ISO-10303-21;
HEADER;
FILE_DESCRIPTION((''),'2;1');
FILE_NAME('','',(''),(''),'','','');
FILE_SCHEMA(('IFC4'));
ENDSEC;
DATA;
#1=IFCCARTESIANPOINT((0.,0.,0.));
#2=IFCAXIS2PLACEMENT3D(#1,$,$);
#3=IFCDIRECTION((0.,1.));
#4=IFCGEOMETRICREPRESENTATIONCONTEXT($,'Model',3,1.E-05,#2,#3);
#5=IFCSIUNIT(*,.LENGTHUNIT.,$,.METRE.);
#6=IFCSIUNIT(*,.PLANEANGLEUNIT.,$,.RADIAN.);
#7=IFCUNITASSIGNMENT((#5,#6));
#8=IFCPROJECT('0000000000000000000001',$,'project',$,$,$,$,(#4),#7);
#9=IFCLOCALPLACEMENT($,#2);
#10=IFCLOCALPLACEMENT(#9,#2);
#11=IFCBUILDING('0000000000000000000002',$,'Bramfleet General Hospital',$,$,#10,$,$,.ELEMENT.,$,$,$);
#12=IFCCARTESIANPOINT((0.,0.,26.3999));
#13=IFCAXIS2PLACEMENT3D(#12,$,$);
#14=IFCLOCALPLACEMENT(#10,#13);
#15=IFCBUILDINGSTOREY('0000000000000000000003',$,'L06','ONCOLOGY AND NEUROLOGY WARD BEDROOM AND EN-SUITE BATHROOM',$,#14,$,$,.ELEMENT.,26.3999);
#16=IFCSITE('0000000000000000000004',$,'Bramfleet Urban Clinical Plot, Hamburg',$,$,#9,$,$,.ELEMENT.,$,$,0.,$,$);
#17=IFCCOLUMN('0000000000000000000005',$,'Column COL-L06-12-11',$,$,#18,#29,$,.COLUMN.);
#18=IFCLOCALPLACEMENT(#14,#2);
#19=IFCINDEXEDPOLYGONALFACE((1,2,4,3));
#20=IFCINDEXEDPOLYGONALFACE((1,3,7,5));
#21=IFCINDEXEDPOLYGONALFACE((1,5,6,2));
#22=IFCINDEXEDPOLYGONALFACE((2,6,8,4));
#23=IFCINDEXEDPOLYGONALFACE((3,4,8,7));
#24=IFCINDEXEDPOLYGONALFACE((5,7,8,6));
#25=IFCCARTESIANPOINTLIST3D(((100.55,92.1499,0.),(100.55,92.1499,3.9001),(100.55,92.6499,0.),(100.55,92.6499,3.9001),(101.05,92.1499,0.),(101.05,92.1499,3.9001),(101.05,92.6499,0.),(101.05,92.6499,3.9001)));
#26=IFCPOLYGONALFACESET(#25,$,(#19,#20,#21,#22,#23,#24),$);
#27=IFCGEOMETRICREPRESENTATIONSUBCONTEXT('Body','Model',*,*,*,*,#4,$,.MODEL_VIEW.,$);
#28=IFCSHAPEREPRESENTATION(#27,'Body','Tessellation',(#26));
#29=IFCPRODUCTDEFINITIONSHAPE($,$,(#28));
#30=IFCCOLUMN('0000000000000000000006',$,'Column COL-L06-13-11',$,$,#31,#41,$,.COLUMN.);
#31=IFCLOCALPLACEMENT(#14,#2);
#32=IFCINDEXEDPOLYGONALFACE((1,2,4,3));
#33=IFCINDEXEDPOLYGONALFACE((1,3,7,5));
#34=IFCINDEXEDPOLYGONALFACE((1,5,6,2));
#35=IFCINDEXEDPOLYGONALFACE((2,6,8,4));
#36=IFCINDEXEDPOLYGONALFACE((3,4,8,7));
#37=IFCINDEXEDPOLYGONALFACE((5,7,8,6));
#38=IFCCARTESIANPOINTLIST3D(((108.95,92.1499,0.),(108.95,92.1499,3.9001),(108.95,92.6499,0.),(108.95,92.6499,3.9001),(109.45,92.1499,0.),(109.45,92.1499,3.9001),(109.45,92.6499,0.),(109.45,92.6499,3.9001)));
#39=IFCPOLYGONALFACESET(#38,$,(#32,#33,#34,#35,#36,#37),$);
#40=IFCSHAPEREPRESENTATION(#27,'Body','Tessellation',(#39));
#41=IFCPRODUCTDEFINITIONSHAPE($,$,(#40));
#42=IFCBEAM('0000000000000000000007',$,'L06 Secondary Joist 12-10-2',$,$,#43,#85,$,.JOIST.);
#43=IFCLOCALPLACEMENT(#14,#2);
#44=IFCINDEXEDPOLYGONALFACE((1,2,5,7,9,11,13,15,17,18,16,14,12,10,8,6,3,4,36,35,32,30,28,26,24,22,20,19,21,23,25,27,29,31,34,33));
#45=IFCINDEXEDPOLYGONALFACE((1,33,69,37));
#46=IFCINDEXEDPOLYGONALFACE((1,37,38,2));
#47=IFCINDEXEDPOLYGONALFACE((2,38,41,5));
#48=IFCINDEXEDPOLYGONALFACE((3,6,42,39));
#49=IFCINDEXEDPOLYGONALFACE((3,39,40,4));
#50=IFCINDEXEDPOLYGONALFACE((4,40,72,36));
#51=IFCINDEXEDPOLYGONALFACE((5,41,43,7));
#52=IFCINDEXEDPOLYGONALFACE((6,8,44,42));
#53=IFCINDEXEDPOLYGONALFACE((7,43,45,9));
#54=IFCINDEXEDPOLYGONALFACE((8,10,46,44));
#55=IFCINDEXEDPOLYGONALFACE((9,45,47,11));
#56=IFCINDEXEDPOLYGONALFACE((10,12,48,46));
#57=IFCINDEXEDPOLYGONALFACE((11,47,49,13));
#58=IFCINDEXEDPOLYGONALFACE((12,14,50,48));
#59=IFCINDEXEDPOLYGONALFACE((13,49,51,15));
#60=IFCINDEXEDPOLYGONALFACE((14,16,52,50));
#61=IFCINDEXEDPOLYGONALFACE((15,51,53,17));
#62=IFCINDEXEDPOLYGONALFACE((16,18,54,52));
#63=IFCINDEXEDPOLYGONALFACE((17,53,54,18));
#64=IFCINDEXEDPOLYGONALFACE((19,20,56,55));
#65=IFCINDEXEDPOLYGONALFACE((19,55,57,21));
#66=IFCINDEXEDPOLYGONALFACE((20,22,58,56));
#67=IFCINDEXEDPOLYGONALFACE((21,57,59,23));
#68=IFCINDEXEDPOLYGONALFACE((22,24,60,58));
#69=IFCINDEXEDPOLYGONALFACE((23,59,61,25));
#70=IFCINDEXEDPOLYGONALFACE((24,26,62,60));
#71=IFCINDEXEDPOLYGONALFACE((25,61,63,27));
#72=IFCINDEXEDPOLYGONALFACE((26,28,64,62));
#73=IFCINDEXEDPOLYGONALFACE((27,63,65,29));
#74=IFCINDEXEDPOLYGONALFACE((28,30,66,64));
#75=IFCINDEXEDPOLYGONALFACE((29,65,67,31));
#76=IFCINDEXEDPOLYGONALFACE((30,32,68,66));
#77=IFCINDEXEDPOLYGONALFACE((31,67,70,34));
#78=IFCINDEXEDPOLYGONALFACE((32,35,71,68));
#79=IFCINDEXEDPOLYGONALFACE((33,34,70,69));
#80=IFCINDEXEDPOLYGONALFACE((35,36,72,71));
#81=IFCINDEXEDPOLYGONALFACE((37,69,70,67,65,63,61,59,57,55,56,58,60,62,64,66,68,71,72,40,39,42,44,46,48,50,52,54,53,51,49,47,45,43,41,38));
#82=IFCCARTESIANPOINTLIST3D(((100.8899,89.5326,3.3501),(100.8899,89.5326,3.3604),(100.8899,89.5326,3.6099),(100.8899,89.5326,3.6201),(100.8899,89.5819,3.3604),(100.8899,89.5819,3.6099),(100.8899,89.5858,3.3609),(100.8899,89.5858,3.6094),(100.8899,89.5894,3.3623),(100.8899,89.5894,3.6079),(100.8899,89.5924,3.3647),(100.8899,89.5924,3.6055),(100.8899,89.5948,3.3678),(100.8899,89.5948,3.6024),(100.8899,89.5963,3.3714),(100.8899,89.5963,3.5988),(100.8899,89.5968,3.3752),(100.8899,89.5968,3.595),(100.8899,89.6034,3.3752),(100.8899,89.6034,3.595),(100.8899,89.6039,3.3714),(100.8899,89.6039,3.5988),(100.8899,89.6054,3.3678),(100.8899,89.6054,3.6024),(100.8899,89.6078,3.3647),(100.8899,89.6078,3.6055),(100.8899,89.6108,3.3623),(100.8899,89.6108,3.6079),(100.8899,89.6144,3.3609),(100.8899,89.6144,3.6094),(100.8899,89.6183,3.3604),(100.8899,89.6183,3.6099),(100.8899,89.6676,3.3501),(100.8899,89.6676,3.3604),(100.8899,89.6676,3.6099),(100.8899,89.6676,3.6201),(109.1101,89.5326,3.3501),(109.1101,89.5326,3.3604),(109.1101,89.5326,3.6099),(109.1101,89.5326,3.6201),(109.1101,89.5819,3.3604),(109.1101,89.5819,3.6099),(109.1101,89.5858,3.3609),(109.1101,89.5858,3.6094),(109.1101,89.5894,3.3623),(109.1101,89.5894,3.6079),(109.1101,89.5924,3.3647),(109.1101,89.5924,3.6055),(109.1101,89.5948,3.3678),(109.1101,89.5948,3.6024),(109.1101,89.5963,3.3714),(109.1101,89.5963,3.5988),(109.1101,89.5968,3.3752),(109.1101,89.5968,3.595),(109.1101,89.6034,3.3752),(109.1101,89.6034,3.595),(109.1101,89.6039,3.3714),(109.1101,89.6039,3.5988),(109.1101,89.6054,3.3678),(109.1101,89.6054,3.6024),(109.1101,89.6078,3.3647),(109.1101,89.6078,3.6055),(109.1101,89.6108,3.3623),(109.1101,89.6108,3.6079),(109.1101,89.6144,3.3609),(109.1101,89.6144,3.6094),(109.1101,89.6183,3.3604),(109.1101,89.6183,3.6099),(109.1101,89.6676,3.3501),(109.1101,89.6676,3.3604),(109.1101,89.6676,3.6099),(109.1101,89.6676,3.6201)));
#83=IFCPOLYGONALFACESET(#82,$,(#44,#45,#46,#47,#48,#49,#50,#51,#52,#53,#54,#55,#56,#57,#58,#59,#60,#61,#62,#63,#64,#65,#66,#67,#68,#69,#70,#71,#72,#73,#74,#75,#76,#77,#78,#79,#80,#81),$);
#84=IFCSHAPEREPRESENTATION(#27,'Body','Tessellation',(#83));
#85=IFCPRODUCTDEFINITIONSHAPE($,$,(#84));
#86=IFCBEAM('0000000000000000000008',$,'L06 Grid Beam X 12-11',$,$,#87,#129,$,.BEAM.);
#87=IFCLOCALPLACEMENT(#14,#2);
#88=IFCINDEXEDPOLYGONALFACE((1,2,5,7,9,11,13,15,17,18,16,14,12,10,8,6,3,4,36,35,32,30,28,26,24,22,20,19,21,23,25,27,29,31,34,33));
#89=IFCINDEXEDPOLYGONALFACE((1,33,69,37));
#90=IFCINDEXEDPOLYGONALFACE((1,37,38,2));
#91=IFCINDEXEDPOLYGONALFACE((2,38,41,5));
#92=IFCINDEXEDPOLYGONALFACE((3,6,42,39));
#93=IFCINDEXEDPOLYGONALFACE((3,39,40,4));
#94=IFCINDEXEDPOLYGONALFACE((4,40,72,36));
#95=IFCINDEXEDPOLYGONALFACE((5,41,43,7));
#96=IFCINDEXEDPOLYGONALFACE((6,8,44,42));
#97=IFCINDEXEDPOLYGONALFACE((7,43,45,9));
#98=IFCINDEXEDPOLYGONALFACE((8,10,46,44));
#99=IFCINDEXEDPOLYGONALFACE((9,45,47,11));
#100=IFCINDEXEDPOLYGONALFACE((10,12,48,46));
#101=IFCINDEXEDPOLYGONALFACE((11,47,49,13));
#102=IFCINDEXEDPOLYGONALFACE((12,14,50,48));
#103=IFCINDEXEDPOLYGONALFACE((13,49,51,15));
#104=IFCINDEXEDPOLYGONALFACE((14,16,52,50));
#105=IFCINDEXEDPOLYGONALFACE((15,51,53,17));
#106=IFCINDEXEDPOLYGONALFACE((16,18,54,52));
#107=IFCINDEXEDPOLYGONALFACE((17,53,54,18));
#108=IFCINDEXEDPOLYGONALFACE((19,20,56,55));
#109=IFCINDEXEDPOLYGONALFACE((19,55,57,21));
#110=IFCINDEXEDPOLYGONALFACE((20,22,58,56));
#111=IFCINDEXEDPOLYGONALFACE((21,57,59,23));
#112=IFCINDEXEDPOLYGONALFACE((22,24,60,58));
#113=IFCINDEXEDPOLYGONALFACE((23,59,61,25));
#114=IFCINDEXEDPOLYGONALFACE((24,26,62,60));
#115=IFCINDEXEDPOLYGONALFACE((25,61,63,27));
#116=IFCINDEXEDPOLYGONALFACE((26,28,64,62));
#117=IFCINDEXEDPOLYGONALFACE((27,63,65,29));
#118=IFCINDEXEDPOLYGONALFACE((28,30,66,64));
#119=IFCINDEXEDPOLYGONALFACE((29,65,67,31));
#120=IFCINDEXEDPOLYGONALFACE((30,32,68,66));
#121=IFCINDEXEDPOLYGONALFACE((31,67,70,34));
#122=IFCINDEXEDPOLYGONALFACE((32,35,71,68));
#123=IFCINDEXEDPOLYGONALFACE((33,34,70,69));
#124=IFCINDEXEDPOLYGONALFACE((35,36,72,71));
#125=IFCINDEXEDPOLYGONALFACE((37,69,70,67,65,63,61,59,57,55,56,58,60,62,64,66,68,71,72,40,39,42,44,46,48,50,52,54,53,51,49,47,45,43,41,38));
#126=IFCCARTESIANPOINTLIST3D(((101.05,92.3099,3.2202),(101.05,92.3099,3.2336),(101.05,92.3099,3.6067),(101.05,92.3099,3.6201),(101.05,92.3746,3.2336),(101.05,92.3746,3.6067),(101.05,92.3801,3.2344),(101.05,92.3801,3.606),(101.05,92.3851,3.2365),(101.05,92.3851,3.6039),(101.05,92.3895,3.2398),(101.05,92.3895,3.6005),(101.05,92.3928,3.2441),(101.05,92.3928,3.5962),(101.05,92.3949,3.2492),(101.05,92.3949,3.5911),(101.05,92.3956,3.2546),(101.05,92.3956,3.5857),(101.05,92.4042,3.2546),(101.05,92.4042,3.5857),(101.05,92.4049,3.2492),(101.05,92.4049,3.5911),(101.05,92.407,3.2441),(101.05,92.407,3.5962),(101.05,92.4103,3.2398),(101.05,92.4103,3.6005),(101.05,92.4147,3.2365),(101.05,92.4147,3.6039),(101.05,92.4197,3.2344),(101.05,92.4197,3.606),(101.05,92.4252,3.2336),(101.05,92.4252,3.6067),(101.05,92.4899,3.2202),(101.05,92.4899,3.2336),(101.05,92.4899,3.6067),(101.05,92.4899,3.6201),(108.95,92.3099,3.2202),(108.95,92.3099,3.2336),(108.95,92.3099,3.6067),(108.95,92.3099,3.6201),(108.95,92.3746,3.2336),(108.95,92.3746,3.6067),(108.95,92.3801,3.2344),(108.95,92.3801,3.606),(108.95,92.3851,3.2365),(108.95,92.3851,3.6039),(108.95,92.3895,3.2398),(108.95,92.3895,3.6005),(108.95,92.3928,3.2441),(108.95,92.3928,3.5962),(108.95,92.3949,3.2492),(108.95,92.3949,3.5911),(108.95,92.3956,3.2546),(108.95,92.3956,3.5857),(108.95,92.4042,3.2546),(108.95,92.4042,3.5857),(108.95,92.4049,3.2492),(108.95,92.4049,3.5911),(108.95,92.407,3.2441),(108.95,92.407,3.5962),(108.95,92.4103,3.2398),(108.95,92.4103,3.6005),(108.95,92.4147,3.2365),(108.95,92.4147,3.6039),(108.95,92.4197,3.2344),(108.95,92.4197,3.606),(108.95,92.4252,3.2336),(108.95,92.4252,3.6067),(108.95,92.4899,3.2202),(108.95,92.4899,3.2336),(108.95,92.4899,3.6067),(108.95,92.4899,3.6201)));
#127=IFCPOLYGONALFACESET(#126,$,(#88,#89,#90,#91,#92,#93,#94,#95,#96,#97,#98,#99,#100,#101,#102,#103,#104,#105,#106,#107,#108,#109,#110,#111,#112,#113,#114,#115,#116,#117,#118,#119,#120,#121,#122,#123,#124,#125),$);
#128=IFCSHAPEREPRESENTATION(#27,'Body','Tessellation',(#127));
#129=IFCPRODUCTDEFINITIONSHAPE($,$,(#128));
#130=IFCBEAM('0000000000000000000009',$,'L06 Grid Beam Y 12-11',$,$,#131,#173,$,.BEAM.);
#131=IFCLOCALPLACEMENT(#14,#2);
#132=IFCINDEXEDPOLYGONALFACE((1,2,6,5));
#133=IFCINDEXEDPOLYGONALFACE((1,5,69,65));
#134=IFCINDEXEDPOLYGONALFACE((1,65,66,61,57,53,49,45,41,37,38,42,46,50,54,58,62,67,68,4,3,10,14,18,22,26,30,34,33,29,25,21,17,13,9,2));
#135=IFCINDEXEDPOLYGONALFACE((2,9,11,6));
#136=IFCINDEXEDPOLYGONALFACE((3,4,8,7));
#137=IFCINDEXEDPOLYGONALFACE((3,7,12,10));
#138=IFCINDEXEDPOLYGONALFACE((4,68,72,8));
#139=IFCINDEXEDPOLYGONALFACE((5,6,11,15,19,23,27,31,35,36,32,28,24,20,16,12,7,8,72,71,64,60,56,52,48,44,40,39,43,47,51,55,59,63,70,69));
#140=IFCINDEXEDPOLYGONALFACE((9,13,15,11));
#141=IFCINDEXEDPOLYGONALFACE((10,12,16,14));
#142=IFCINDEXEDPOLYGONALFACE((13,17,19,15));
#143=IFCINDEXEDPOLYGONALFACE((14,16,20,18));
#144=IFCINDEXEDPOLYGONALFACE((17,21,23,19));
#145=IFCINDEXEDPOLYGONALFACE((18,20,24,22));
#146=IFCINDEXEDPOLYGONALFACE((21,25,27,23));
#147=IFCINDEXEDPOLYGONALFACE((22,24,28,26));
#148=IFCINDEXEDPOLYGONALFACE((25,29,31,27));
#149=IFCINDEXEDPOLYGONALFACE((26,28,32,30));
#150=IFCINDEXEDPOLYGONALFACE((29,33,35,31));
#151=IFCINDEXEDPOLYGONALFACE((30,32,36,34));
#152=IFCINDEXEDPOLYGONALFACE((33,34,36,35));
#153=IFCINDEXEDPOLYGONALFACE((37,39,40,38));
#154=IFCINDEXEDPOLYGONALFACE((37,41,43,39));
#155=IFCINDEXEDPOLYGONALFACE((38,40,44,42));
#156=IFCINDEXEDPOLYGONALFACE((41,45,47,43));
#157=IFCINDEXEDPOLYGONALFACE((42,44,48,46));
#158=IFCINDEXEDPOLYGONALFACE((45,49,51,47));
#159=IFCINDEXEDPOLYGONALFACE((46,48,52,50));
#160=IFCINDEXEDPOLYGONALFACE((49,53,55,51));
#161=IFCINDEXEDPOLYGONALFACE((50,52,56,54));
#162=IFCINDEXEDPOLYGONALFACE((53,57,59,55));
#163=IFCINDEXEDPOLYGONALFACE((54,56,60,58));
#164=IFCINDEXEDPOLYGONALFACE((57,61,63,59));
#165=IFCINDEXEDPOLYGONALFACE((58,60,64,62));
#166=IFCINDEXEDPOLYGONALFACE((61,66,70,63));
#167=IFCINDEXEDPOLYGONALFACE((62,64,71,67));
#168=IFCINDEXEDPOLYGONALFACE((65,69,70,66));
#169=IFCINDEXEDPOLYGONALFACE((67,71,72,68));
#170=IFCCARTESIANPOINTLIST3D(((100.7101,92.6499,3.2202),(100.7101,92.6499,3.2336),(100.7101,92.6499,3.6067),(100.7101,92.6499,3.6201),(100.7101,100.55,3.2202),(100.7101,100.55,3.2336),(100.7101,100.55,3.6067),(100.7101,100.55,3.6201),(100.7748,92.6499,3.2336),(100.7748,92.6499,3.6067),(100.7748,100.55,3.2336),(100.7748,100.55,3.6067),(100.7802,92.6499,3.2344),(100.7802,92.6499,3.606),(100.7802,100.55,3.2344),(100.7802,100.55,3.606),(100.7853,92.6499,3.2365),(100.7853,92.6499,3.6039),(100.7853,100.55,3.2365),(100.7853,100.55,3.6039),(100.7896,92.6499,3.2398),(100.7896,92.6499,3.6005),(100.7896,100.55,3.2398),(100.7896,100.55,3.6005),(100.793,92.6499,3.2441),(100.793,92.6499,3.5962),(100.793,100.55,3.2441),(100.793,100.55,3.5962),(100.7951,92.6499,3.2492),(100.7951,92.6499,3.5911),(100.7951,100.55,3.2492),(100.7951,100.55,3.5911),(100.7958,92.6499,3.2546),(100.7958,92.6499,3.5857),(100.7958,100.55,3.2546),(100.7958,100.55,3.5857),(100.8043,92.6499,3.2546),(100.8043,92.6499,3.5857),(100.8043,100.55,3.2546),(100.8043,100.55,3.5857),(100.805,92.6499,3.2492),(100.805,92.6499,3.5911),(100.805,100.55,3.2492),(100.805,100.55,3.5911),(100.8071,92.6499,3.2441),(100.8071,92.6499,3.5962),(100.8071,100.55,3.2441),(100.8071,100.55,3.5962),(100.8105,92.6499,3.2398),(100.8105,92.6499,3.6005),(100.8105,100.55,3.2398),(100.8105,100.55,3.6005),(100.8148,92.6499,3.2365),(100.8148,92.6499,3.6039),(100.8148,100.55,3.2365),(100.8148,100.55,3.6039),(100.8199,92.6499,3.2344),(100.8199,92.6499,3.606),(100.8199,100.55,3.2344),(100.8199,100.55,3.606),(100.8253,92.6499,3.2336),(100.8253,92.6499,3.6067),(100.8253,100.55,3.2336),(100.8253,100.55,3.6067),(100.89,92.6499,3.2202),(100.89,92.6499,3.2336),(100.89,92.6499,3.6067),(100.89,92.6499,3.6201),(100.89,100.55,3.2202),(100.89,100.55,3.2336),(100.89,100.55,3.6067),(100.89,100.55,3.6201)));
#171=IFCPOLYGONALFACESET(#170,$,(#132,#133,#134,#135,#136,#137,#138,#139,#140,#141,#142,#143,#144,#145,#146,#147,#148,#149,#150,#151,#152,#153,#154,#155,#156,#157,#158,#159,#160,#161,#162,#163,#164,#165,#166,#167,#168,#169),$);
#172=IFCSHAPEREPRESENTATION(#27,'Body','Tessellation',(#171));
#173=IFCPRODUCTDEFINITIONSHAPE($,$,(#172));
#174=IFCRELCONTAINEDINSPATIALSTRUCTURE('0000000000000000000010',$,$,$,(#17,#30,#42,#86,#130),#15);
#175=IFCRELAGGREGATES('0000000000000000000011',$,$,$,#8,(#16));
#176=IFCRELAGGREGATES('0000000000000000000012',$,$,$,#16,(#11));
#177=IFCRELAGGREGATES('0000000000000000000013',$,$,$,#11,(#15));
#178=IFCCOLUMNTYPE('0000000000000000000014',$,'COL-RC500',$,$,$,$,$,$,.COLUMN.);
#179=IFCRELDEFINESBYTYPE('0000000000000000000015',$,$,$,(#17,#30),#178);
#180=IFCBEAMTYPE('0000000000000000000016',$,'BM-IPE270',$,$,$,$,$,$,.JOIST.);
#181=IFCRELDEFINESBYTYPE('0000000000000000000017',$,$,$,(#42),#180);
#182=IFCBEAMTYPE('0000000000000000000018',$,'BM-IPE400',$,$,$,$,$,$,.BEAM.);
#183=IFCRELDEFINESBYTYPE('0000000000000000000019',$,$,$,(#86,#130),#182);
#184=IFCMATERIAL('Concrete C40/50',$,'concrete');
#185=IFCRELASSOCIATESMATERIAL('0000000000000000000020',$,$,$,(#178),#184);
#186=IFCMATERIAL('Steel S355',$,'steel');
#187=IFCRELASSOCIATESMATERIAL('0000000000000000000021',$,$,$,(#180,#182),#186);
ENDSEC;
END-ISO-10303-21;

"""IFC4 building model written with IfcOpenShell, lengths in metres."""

from ifc_helpers import new_model, si_unit, direction, frame, origin, origin_2d, place, context, subcontext, project, spatial, rectangle, i_section, extrude, material, material_profile, profile_set, type_object, element, save


model = new_model("IFC4")

# Units and contexts
model_context = context("Model", 3, precision=1e-05, world=origin(), true_north=direction((0.0, 1.0)))
body_context = subcontext(model_context, "Body", "Model", "MODEL_VIEW")
ifc_project = project(units=[si_unit("LENGTHUNIT", "METRE"), si_unit("PLANEANGLEUNIT", "RADIAN")], contexts=[model_context])

# Site, building, storey
site_placement = place(None, origin())
site = spatial("IfcSite", under=ifc_project, at=site_placement, Name="Bramfleet Urban Clinical Plot, Hamburg", CompositionType="ELEMENT", RefElevation=0.0)
building_placement = place(site_placement, origin())
building = spatial("IfcBuilding", under=site, at=building_placement, Name="Bramfleet General Hospital", CompositionType="ELEMENT")
storey_placement = place(building_placement, frame((0.0, 0.0, 26.3999)))
storey = spatial("IfcBuildingStorey", under=building, at=storey_placement, Name="L06", Description="ONCOLOGY AND NEUROLOGY WARD BEDROOM AND EN-SUITE BATHROOM", CompositionType="ELEMENT", Elevation=26.3999)

# Columns
ifc_material_1 = material(Name="Concrete C40/50", Category="concrete")
ifc_material_profile_1 = material_profile(ifc_material_1, rectangle(XDim=0.5, YDim=0.5, at=origin_2d()), Name="RC COL 500x500")
ifc_profile_set_1 = profile_set([ifc_material_profile_1], Name="Concrete C40/50")
column_type = type_object("IfcColumnType", Name="COL-RC500", PredefinedType="COLUMN", material=ifc_profile_set_1)
for number, where, z_axis, x_axis, name in (
    (1, (100.8, 92.3999, 0.0), (0.0, 0.0, 1.0), (1.0, 0.0, 0.0), "Column COL-L06-12-11"),
    (2, (109.2, 92.3999, 0.0), (0.0, 0.0, 1.0), (1.0, 0.0, 0.0), "Column COL-L06-13-11"),
):
    element("IfcColumn", number, at=place(storey_placement, frame(where, z_axis=z_axis, x_axis=x_axis)), inside=storey, type_object=column_type, Name=name, PredefinedType="COLUMN", context=body_context, shape_type="SweptSolid", body=[
        extrude(rectangle(XDim=0.5, YDim=0.5, at=origin_2d()), origin(), (0.0, 0.0, 1.0), 3.9001),
    ])

# Beams
ifc_material_2 = material(Name="Steel S355", Category="steel")
ifc_material_profile_2 = material_profile(ifc_material_2, i_section(OverallWidth=0.135, OverallDepth=0.27, WebThickness=0.0066, FlangeThickness=0.0103, FilletRadius=0.0149, at=origin_2d()), Name="IPE 270")
ifc_profile_set_2 = profile_set([ifc_material_profile_2], Name="Steel S355")
beam_type_1 = type_object("IfcBeamType", Name="BM-IPE270", PredefinedType="JOIST", material=ifc_profile_set_2)
beam_1_placement = place(storey_placement, frame((100.8899, 89.6001, 3.4851), z_axis=(1.0, 0.0, 0.0), x_axis=(0.0, 1.0, 0.0)))
element("IfcBeam", 3, at=beam_1_placement, inside=storey, type_object=beam_type_1, Name="L06 Secondary Joist 12-10-2", PredefinedType="JOIST", context=body_context, shape_type="SweptSolid", body=[
    extrude(i_section(OverallWidth=0.135, OverallDepth=0.27, WebThickness=0.0066, FlangeThickness=0.0103, FilletRadius=0.0149, at=origin_2d()), origin(), (0.0, 0.0, 1.0), 8.2202),
])
ifc_material_profile_3 = material_profile(ifc_material_2, i_section(OverallWidth=0.1799, OverallDepth=0.3999, WebThickness=0.0085, FlangeThickness=0.0134, FilletRadius=0.021, at=origin_2d()), Name="IPE 400")
ifc_profile_set_3 = profile_set([ifc_material_profile_3], Name="Steel S355")
beam_type_2 = type_object("IfcBeamType", Name="BM-IPE400", PredefinedType="BEAM", material=ifc_profile_set_3)
beam_2_placement = place(storey_placement, frame((101.05, 92.3999, 3.4202), z_axis=(1.0, 0.0, 0.0), x_axis=(0.0, 1.0, 0.0)))
element("IfcBeam", 4, at=beam_2_placement, inside=storey, type_object=beam_type_2, Name="L06 Grid Beam X 12-11", PredefinedType="BEAM", context=body_context, shape_type="SweptSolid", body=[
    extrude(i_section(OverallWidth=0.1799, OverallDepth=0.3999, WebThickness=0.0085, FlangeThickness=0.0134, FilletRadius=0.021, at=origin_2d()), origin(), (0.0, 0.0, 1.0), 7.8999),
])
for number, where, z_axis, x_axis, name in (
    (5, (100.8, 92.6499, 3.4202), (0.0, 1.0, 0.0), (-1.0, 0.0, 0.0), "L06 Grid Beam Y 12-11"),
):
    element("IfcBeam", number, at=place(storey_placement, frame(where, z_axis=z_axis, x_axis=x_axis)), inside=storey, type_object=beam_type_2, Name=name, PredefinedType="BEAM", context=body_context, shape_type="SweptSolid", body=[
        extrude(i_section(OverallWidth=0.1799, OverallDepth=0.3999, WebThickness=0.0085, FlangeThickness=0.0134, FilletRadius=0.021, at=origin_2d()), origin(), (0.0, 0.0, 1.0), 7.9001),
    ])

save(model, "model.ifc")
